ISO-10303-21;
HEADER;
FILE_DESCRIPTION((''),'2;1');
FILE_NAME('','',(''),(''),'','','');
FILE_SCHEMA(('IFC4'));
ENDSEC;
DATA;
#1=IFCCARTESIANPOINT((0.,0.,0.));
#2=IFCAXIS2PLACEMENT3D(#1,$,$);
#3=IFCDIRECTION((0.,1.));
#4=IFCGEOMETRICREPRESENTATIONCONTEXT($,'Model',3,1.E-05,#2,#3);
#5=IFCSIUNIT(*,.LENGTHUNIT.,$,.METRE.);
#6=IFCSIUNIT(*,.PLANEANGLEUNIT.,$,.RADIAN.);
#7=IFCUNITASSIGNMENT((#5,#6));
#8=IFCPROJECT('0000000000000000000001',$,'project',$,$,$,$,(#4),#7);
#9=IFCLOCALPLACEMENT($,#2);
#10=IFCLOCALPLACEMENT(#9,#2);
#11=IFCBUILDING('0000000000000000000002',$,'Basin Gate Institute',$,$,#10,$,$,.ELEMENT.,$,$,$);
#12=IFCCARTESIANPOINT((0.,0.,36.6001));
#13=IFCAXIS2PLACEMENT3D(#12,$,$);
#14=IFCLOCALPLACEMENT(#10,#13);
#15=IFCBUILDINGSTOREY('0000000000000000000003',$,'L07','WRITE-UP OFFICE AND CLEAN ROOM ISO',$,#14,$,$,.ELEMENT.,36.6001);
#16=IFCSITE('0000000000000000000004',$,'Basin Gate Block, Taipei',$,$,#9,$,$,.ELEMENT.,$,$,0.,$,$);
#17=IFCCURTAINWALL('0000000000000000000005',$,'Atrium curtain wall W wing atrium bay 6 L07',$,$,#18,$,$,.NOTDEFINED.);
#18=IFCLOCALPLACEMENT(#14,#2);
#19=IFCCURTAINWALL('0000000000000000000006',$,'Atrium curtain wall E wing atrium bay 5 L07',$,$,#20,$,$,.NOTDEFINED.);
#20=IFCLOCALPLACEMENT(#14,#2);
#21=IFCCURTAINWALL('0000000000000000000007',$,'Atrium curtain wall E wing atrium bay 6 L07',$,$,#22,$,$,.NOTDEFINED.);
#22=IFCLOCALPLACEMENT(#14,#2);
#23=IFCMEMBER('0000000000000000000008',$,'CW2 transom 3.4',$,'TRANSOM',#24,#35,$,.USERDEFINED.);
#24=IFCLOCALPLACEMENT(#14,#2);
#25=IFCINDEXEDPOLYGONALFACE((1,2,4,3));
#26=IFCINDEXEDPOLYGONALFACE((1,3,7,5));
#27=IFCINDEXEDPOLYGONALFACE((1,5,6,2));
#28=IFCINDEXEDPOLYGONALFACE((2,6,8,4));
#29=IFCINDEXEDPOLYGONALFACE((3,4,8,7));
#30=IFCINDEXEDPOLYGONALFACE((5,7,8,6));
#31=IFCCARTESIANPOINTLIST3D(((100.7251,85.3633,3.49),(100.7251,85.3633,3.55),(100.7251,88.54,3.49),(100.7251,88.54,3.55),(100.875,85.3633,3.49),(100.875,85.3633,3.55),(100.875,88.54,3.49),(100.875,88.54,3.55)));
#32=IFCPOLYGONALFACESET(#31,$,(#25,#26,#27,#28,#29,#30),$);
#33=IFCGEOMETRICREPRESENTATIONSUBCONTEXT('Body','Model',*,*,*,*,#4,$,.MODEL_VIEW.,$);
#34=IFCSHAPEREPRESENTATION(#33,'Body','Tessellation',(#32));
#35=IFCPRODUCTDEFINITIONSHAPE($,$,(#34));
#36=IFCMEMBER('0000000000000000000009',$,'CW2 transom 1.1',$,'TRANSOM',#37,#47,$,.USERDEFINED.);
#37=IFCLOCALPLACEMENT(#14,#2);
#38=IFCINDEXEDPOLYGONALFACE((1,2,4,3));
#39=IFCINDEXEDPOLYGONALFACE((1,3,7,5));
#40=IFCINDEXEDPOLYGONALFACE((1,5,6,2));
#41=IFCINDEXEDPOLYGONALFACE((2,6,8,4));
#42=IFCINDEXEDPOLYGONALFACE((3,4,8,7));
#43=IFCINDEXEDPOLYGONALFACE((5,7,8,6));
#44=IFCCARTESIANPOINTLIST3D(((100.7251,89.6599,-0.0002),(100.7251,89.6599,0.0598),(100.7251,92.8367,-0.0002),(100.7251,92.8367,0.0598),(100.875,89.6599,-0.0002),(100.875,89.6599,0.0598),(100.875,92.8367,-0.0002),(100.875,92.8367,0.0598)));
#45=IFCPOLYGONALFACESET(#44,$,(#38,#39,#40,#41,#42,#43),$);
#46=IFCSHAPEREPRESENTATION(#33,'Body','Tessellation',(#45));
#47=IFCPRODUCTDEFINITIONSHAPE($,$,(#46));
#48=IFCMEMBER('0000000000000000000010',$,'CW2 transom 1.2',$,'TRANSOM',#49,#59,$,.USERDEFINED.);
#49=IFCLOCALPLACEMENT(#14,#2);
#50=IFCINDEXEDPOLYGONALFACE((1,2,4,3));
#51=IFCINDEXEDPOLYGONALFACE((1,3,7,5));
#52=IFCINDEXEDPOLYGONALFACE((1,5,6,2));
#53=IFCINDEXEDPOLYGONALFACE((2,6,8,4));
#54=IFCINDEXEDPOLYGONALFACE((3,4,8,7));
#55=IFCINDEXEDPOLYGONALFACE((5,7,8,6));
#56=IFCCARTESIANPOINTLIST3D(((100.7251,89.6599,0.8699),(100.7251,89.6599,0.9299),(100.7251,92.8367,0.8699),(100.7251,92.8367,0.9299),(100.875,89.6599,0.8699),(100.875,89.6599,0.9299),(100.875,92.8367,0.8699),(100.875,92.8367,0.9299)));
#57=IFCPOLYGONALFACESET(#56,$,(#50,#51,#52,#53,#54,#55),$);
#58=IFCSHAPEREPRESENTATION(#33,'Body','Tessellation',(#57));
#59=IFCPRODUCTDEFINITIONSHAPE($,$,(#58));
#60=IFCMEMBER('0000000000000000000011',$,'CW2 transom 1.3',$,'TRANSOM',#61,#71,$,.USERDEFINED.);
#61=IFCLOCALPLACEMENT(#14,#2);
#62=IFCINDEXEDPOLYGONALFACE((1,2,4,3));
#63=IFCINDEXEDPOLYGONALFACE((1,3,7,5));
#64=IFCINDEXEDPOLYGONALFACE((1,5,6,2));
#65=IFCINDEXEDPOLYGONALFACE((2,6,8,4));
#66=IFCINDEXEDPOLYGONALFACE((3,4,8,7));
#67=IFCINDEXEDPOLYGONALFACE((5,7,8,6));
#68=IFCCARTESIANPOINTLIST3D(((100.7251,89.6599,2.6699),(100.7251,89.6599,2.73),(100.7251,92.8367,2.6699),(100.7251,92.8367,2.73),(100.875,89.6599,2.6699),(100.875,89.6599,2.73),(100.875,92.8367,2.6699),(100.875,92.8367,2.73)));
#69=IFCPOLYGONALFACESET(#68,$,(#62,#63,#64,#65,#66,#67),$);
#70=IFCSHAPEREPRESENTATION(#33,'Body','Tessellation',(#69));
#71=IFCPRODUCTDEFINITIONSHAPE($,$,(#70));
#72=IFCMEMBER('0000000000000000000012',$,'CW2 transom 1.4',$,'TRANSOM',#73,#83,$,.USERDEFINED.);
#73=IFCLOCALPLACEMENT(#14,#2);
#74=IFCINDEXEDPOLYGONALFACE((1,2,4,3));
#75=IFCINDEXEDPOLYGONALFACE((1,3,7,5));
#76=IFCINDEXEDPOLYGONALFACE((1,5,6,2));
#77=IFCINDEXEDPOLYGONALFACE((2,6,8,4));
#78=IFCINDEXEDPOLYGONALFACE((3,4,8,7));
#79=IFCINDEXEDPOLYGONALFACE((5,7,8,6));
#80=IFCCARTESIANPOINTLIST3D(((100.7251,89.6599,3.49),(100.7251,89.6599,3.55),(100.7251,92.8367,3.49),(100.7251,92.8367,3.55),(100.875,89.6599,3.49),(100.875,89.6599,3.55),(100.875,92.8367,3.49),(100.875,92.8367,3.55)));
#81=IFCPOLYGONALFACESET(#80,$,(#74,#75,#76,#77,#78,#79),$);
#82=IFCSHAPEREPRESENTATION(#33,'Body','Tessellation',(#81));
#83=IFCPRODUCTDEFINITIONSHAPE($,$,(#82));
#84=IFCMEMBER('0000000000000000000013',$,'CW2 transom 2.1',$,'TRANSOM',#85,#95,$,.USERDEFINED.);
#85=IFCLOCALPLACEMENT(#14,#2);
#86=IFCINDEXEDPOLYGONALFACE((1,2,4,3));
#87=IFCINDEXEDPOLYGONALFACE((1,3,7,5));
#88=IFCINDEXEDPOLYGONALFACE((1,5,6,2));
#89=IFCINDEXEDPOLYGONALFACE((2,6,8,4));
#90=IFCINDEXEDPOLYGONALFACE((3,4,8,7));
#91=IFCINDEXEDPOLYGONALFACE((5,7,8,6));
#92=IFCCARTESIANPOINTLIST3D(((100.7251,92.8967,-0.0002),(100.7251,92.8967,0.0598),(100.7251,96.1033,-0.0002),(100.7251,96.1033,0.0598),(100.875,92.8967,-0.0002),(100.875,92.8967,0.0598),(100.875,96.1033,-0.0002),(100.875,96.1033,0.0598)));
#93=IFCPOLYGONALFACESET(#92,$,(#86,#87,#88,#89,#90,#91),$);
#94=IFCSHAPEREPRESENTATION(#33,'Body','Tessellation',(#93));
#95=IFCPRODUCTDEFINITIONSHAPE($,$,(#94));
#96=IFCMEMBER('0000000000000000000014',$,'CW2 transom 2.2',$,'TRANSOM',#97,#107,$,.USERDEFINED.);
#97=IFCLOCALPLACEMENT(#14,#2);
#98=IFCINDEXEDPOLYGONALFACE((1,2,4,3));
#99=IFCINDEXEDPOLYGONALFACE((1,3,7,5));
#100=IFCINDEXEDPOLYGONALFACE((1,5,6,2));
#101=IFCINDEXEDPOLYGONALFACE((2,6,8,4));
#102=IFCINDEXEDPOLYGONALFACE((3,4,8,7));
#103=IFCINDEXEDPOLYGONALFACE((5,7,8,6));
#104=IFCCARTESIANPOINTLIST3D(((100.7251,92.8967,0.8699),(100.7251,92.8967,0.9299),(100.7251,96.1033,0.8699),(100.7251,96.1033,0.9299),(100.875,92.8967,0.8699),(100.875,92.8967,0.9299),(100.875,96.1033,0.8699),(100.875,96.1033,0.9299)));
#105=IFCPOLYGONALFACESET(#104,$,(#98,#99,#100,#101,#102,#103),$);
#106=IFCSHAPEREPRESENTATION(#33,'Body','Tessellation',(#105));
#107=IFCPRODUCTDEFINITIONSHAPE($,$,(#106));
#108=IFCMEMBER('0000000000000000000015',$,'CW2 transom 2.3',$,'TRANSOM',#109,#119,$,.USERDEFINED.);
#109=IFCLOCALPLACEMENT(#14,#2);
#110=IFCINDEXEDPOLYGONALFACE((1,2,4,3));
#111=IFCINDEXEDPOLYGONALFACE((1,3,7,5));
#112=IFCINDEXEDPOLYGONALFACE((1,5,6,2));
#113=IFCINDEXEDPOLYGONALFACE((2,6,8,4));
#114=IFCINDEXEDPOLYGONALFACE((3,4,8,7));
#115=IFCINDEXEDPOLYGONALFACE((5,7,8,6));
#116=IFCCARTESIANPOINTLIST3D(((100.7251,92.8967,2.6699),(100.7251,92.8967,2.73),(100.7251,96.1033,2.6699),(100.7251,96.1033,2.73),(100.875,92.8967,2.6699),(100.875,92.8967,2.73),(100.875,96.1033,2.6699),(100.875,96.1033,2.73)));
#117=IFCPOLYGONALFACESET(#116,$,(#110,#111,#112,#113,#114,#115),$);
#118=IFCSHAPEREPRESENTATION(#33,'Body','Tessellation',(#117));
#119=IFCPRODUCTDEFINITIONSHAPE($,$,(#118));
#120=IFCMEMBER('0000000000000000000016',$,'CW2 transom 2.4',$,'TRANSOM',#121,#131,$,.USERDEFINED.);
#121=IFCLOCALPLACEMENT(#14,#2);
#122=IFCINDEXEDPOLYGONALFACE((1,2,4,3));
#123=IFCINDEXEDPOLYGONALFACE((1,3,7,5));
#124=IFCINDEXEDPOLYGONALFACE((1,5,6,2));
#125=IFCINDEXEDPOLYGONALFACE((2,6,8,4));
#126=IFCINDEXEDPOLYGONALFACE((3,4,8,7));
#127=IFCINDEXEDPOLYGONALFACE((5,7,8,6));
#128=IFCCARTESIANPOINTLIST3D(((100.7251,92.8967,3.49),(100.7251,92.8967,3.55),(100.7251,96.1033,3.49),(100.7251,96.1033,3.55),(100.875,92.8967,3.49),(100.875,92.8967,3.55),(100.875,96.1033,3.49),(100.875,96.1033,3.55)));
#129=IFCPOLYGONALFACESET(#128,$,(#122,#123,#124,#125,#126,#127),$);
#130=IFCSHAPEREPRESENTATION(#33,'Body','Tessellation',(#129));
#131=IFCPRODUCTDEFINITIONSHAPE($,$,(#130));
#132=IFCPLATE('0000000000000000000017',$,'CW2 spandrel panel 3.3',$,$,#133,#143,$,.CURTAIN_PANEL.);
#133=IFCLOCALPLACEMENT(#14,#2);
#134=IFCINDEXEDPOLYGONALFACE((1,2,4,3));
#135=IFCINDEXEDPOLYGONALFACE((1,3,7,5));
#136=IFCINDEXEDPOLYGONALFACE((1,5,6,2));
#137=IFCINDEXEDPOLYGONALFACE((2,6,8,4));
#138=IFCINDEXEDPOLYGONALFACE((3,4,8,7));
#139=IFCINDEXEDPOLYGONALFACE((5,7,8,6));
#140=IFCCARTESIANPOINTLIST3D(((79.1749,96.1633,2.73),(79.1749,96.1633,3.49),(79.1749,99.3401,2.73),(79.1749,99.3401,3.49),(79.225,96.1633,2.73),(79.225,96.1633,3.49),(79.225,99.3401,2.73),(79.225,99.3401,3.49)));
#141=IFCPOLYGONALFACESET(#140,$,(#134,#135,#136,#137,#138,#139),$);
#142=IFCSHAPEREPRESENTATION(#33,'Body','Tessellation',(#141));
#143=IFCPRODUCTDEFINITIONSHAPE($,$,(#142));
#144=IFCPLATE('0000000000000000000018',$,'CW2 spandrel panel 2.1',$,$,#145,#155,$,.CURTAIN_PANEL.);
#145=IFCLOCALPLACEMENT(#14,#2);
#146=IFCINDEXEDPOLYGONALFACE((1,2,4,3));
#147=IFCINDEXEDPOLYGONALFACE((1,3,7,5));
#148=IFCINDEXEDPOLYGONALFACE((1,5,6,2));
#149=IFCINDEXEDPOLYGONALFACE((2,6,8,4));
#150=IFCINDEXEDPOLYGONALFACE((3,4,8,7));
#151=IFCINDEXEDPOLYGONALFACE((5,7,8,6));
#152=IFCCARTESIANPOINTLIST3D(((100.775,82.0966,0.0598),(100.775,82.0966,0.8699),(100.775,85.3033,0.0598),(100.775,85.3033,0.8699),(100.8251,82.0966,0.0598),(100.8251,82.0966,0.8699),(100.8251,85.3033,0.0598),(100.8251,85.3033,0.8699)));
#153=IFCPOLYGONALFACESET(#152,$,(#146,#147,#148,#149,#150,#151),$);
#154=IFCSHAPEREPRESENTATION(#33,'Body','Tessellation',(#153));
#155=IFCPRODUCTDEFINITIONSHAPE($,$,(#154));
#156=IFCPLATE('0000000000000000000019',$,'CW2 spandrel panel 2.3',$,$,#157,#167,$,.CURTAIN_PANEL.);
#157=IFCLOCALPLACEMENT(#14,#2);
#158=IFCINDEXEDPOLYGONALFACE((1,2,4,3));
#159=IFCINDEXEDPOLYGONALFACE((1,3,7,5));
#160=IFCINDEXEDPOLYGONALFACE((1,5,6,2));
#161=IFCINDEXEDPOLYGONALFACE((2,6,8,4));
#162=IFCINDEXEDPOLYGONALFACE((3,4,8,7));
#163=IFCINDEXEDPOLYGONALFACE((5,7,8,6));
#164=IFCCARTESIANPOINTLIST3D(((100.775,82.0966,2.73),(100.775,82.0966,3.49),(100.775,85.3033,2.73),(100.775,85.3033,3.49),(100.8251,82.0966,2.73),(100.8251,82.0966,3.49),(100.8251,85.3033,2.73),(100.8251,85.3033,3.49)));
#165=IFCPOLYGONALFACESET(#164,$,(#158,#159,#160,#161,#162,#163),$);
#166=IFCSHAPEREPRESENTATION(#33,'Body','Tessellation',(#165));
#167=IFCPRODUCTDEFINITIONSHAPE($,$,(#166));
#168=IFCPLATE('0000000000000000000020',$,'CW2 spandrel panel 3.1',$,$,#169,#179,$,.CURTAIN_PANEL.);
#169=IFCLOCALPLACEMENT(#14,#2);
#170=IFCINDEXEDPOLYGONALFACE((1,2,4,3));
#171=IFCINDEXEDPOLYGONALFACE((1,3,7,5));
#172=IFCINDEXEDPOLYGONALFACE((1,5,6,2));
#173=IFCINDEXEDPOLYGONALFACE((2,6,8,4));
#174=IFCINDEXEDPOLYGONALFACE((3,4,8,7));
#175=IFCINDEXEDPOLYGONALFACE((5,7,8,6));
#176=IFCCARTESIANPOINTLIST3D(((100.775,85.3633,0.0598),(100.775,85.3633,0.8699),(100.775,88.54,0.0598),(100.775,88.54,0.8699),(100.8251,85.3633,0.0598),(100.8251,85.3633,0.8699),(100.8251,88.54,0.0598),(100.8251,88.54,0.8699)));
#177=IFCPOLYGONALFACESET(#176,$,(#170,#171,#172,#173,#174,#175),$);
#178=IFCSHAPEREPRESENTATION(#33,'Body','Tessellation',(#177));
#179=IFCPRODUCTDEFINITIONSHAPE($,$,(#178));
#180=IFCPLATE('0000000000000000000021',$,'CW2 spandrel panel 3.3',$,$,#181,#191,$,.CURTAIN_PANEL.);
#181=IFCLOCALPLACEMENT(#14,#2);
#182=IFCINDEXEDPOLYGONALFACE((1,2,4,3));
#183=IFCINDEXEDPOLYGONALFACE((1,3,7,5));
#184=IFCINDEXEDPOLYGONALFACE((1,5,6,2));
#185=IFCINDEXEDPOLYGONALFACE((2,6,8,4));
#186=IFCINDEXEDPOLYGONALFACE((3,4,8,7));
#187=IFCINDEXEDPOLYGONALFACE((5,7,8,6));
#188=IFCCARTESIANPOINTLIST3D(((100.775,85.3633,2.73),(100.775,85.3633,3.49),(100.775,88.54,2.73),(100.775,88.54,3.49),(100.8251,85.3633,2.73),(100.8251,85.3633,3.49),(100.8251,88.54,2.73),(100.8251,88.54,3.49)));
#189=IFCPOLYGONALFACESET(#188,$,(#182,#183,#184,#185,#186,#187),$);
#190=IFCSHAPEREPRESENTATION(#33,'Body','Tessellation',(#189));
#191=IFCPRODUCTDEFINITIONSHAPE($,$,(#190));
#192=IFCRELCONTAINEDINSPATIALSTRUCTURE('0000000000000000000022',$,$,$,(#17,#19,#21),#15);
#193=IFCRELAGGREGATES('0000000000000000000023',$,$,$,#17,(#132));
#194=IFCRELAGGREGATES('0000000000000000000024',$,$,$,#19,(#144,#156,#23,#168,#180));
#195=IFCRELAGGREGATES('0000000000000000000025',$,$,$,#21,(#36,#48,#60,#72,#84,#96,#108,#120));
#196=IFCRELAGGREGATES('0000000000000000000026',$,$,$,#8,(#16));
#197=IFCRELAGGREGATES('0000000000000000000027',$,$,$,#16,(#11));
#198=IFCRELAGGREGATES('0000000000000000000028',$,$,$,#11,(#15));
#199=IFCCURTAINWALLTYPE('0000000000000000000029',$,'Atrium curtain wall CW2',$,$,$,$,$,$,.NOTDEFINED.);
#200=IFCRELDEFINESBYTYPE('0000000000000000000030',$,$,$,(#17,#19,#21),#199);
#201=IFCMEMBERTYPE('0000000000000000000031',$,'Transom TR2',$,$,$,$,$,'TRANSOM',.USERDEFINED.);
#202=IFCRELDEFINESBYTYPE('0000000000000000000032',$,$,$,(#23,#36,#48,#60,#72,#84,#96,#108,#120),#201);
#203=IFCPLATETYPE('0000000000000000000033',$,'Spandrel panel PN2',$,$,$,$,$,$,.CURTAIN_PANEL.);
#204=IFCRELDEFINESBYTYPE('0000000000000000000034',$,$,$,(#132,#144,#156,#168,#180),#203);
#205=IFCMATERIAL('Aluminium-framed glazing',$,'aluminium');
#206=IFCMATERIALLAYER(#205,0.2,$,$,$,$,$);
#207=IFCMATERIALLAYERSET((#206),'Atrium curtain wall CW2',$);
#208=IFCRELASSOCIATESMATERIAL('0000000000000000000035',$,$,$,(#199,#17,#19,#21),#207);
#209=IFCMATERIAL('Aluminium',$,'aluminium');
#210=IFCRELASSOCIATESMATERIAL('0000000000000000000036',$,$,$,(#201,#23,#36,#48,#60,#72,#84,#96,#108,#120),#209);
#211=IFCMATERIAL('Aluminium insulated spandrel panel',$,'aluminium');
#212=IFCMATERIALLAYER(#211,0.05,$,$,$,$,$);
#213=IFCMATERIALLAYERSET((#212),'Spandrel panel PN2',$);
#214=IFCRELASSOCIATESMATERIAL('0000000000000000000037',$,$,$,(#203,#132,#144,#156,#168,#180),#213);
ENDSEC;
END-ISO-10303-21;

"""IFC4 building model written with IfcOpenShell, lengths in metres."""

from ifc_helpers import new_model, si_unit, direction, frame, origin, origin_2d, place, context, subcontext, project, spatial, rectangle, extrude, material, layer, layer_set, material_profile, profile_set, type_object, element, aggregate, save


model = new_model("IFC4")

# Units and contexts
model_context = context("Model", 3, precision=1e-05, world=origin(), true_north=direction((0.0, 1.0)))
body_context = subcontext(model_context, "Body", "Model", "MODEL_VIEW")
ifc_project = project(units=[si_unit("LENGTHUNIT", "METRE"), si_unit("PLANEANGLEUNIT", "RADIAN")], contexts=[model_context])

# Site, building, storey
site_placement = place(None, origin())
site = spatial("IfcSite", under=ifc_project, at=site_placement, Name="Basin Gate Block, Taipei", CompositionType="ELEMENT", RefElevation=0.0)
building_placement = place(site_placement, origin())
building = spatial("IfcBuilding", under=site, at=building_placement, Name="Basin Gate Institute", CompositionType="ELEMENT")
storey_placement = place(building_placement, frame((0.0, 0.0, 36.6001)))
storey = spatial("IfcBuildingStorey", under=building, at=storey_placement, Name="L07", Description="WRITE-UP OFFICE AND CLEAN ROOM ISO", CompositionType="ELEMENT", Elevation=36.6001)

# Curtain wall
ifc_material_1 = material(Name="Aluminium-framed glazing", Category="aluminium")
ifc_layer_1 = layer(ifc_material_1, 0.2)
ifc_layer_set_1 = layer_set([ifc_layer_1], Name="Atrium curtain wall CW2")
curtain_wall_type = type_object("IfcCurtainWallType", Name="Atrium curtain wall CW2", PredefinedType="NOTDEFINED", material=ifc_layer_set_1)
curtain_wall_1_placement = place(storey_placement, origin())
curtain_wall_1 = element("IfcCurtainWall", 1, at=curtain_wall_1_placement, inside=storey, type_object=curtain_wall_type, material=ifc_layer_set_1, Name="Atrium curtain wall W wing atrium bay 6 L07", PredefinedType="NOTDEFINED")

# Curtain walls
curtain_wall_2_placement = place(storey_placement, origin())
curtain_wall_2 = element("IfcCurtainWall", 2, at=curtain_wall_2_placement, inside=storey, type_object=curtain_wall_type, material=ifc_layer_set_1, Name="Atrium curtain wall E wing atrium bay 5 L07", PredefinedType="NOTDEFINED")
curtain_wall_3_placement = place(storey_placement, origin())
curtain_wall_3 = element("IfcCurtainWall", 3, at=curtain_wall_3_placement, inside=storey, type_object=curtain_wall_type, material=ifc_layer_set_1, Name="Atrium curtain wall E wing atrium bay 6 L07", PredefinedType="NOTDEFINED")

# Members
ifc_material_2 = material(Name="Aluminium", Category="aluminium")
ifc_material_profile_1 = material_profile(ifc_material_2, rectangle(XDim=0.1499, YDim=0.0601, at=origin_2d()), Name="Transom TR2 150 x 60")
ifc_profile_set_1 = profile_set([ifc_material_profile_1], Name="Aluminium")
member_type_1 = type_object("IfcMemberType", Name="Transom TR2", ElementType="TRANSOM", PredefinedType="USERDEFINED", material=ifc_profile_set_1)
member_1_placement = place(storey_placement, frame((100.8, 85.3633, 3.52), z_axis=(0.0, 1.0, 0.0), x_axis=(-1.0, 0.0, 0.0)))
member_1 = element("IfcMember", 4, at=member_1_placement, type_object=member_type_1, material=ifc_profile_set_1, Name="CW2 transom 3.4", ObjectType="TRANSOM", PredefinedType="USERDEFINED", context=body_context, shape_type="SweptSolid", body=[
    extrude(rectangle(XDim=0.1499, YDim=0.0601, at=origin_2d()), origin(), (0.0, 0.0, 1.0), 3.1768),
])
member_2_placement = place(storey_placement, frame((100.8, 89.6599, 0.0298), z_axis=(0.0, 1.0, 0.0), x_axis=(-1.0, 0.0, 0.0)))
member_2 = element("IfcMember", 5, at=member_2_placement, type_object=member_type_1, material=ifc_profile_set_1, Name="CW2 transom 1.1", ObjectType="TRANSOM", PredefinedType="USERDEFINED", context=body_context, shape_type="SweptSolid", body=[
    extrude(rectangle(XDim=0.1499, YDim=0.0601, at=origin_2d()), origin(), (0.0, 0.0, 1.0), 3.1768),
])
member_3_placement = place(storey_placement, frame((100.8, 89.6599, 0.8999), z_axis=(0.0, 1.0, 0.0), x_axis=(-1.0, 0.0, 0.0)))
member_3 = element("IfcMember", 6, at=member_3_placement, type_object=member_type_1, material=ifc_profile_set_1, Name="CW2 transom 1.2", ObjectType="TRANSOM", PredefinedType="USERDEFINED", context=body_context, shape_type="SweptSolid", body=[
    extrude(rectangle(XDim=0.1499, YDim=0.0601, at=origin_2d()), origin(), (0.0, 0.0, 1.0), 3.1768),
])
member_4_placement = place(storey_placement, frame((100.8, 89.6599, 2.7), z_axis=(0.0, 1.0, 0.0), x_axis=(-1.0, 0.0, 0.0)))
member_4 = element("IfcMember", 7, at=member_4_placement, type_object=member_type_1, material=ifc_profile_set_1, Name="CW2 transom 1.3", ObjectType="TRANSOM", PredefinedType="USERDEFINED", context=body_context, shape_type="SweptSolid", body=[
    extrude(rectangle(XDim=0.1499, YDim=0.0601, at=origin_2d()), origin(), (0.0, 0.0, 1.0), 3.1768),
])
member_5_placement = place(storey_placement, frame((100.8, 89.6599, 3.52), z_axis=(0.0, 1.0, 0.0), x_axis=(-1.0, 0.0, 0.0)))
member_5 = element("IfcMember", 8, at=member_5_placement, type_object=member_type_1, material=ifc_profile_set_1, Name="CW2 transom 1.4", ObjectType="TRANSOM", PredefinedType="USERDEFINED", context=body_context, shape_type="SweptSolid", body=[
    extrude(rectangle(XDim=0.1499, YDim=0.0601, at=origin_2d()), origin(), (0.0, 0.0, 1.0), 3.1768),
])
member_6_placement = place(storey_placement, frame((100.8, 92.8967, 0.0298), z_axis=(0.0, 1.0, 0.0), x_axis=(-1.0, 0.0, 0.0)))
member_6 = element("IfcMember", 9, at=member_6_placement, type_object=member_type_1, material=ifc_profile_set_1, Name="CW2 transom 2.1", ObjectType="TRANSOM", PredefinedType="USERDEFINED", context=body_context, shape_type="SweptSolid", body=[
    extrude(rectangle(XDim=0.1499, YDim=0.0601, at=origin_2d()), origin(), (0.0, 0.0, 1.0), 3.2065),
])
member_7_placement = place(storey_placement, frame((100.8, 92.8967, 0.8999), z_axis=(0.0, 1.0, 0.0), x_axis=(-1.0, 0.0, 0.0)))
member_7 = element("IfcMember", 10, at=member_7_placement, type_object=member_type_1, material=ifc_profile_set_1, Name="CW2 transom 2.2", ObjectType="TRANSOM", PredefinedType="USERDEFINED", context=body_context, shape_type="SweptSolid", body=[
    extrude(rectangle(XDim=0.1499, YDim=0.0601, at=origin_2d()), origin(), (0.0, 0.0, 1.0), 3.2065),
])
member_8_placement = place(storey_placement, frame((100.8, 92.8967, 2.7), z_axis=(0.0, 1.0, 0.0), x_axis=(-1.0, 0.0, 0.0)))
member_8 = element("IfcMember", 11, at=member_8_placement, type_object=member_type_1, material=ifc_profile_set_1, Name="CW2 transom 2.3", ObjectType="TRANSOM", PredefinedType="USERDEFINED", context=body_context, shape_type="SweptSolid", body=[
    extrude(rectangle(XDim=0.1499, YDim=0.0601, at=origin_2d()), origin(), (0.0, 0.0, 1.0), 3.2065),
])
member_9_placement = place(storey_placement, frame((100.8, 92.8967, 3.52), z_axis=(0.0, 1.0, 0.0), x_axis=(-1.0, 0.0, 0.0)))
member_9 = element("IfcMember", 12, at=member_9_placement, type_object=member_type_1, material=ifc_profile_set_1, Name="CW2 transom 2.4", ObjectType="TRANSOM", PredefinedType="USERDEFINED", context=body_context, shape_type="SweptSolid", body=[
    extrude(rectangle(XDim=0.1499, YDim=0.0601, at=origin_2d()), origin(), (0.0, 0.0, 1.0), 3.2065),
])

# Plates
ifc_material_3 = material(Name="Aluminium insulated spandrel panel", Category="aluminium")
ifc_layer_2 = layer(ifc_material_3, 0.05)
ifc_layer_set_2 = layer_set([ifc_layer_2], Name="Spandrel panel PN2")
plate_type_1 = type_object("IfcPlateType", Name="Spandrel panel PN2", PredefinedType="CURTAIN_PANEL", material=ifc_layer_set_2)
plate_1_placement = place(storey_placement, frame((79.2, 97.7517, 2.73), z_axis=(0.0, 0.0, 1.0), x_axis=(0.0, 1.0, 0.0)))
plate_1 = element("IfcPlate", 13, at=plate_1_placement, type_object=plate_type_1, material=ifc_layer_set_2, Name="CW2 spandrel panel 3.3", PredefinedType="CURTAIN_PANEL", context=body_context, shape_type="SweptSolid", body=[
    extrude(rectangle(XDim=3.1768, YDim=0.05, at=origin_2d()), origin(), (0.0, 0.0, 1.0), 0.76),
])
plate_2_placement = place(storey_placement, frame((100.8, 83.7, 0.0598), z_axis=(0.0, 0.0, 1.0), x_axis=(0.0, 1.0, 0.0)))
plate_2 = element("IfcPlate", 14, at=plate_2_placement, type_object=plate_type_1, material=ifc_layer_set_2, Name="CW2 spandrel panel 2.1", PredefinedType="CURTAIN_PANEL", context=body_context, shape_type="SweptSolid", body=[
    extrude(rectangle(XDim=3.2068, YDim=0.05, at=origin_2d()), origin(), (0.0, 0.0, 1.0), 0.8101),
])
plate_3_placement = place(storey_placement, frame((100.8, 83.7, 2.73), z_axis=(0.0, 0.0, 1.0), x_axis=(0.0, 1.0, 0.0)))
plate_3 = element("IfcPlate", 15, at=plate_3_placement, type_object=plate_type_1, material=ifc_layer_set_2, Name="CW2 spandrel panel 2.3", PredefinedType="CURTAIN_PANEL", context=body_context, shape_type="SweptSolid", body=[
    extrude(rectangle(XDim=3.2068, YDim=0.05, at=origin_2d()), origin(), (0.0, 0.0, 1.0), 0.76),
])
plate_4_placement = place(storey_placement, frame((100.8, 86.9517, 0.0598), z_axis=(0.0, 0.0, 1.0), x_axis=(0.0, 1.0, 0.0)))
plate_4 = element("IfcPlate", 16, at=plate_4_placement, type_object=plate_type_1, material=ifc_layer_set_2, Name="CW2 spandrel panel 3.1", PredefinedType="CURTAIN_PANEL", context=body_context, shape_type="SweptSolid", body=[
    extrude(rectangle(XDim=3.1768, YDim=0.05, at=origin_2d()), origin(), (0.0, 0.0, 1.0), 0.8101),
])
plate_5_placement = place(storey_placement, frame((100.8, 86.9517, 2.73), z_axis=(0.0, 0.0, 1.0), x_axis=(0.0, 1.0, 0.0)))
plate_5 = element("IfcPlate", 17, at=plate_5_placement, type_object=plate_type_1, material=ifc_layer_set_2, Name="CW2 spandrel panel 3.3", PredefinedType="CURTAIN_PANEL", context=body_context, shape_type="SweptSolid", body=[
    extrude(rectangle(XDim=3.1768, YDim=0.05, at=origin_2d()), origin(), (0.0, 0.0, 1.0), 0.76),
])
aggregate(curtain_wall_1, [plate_1])
aggregate(curtain_wall_2, [plate_2, plate_3, member_1, plate_4, plate_5])
aggregate(curtain_wall_3, [member_2, member_3, member_4, member_5, member_6, member_7, member_8, member_9])

save(model, "model.ifc")
